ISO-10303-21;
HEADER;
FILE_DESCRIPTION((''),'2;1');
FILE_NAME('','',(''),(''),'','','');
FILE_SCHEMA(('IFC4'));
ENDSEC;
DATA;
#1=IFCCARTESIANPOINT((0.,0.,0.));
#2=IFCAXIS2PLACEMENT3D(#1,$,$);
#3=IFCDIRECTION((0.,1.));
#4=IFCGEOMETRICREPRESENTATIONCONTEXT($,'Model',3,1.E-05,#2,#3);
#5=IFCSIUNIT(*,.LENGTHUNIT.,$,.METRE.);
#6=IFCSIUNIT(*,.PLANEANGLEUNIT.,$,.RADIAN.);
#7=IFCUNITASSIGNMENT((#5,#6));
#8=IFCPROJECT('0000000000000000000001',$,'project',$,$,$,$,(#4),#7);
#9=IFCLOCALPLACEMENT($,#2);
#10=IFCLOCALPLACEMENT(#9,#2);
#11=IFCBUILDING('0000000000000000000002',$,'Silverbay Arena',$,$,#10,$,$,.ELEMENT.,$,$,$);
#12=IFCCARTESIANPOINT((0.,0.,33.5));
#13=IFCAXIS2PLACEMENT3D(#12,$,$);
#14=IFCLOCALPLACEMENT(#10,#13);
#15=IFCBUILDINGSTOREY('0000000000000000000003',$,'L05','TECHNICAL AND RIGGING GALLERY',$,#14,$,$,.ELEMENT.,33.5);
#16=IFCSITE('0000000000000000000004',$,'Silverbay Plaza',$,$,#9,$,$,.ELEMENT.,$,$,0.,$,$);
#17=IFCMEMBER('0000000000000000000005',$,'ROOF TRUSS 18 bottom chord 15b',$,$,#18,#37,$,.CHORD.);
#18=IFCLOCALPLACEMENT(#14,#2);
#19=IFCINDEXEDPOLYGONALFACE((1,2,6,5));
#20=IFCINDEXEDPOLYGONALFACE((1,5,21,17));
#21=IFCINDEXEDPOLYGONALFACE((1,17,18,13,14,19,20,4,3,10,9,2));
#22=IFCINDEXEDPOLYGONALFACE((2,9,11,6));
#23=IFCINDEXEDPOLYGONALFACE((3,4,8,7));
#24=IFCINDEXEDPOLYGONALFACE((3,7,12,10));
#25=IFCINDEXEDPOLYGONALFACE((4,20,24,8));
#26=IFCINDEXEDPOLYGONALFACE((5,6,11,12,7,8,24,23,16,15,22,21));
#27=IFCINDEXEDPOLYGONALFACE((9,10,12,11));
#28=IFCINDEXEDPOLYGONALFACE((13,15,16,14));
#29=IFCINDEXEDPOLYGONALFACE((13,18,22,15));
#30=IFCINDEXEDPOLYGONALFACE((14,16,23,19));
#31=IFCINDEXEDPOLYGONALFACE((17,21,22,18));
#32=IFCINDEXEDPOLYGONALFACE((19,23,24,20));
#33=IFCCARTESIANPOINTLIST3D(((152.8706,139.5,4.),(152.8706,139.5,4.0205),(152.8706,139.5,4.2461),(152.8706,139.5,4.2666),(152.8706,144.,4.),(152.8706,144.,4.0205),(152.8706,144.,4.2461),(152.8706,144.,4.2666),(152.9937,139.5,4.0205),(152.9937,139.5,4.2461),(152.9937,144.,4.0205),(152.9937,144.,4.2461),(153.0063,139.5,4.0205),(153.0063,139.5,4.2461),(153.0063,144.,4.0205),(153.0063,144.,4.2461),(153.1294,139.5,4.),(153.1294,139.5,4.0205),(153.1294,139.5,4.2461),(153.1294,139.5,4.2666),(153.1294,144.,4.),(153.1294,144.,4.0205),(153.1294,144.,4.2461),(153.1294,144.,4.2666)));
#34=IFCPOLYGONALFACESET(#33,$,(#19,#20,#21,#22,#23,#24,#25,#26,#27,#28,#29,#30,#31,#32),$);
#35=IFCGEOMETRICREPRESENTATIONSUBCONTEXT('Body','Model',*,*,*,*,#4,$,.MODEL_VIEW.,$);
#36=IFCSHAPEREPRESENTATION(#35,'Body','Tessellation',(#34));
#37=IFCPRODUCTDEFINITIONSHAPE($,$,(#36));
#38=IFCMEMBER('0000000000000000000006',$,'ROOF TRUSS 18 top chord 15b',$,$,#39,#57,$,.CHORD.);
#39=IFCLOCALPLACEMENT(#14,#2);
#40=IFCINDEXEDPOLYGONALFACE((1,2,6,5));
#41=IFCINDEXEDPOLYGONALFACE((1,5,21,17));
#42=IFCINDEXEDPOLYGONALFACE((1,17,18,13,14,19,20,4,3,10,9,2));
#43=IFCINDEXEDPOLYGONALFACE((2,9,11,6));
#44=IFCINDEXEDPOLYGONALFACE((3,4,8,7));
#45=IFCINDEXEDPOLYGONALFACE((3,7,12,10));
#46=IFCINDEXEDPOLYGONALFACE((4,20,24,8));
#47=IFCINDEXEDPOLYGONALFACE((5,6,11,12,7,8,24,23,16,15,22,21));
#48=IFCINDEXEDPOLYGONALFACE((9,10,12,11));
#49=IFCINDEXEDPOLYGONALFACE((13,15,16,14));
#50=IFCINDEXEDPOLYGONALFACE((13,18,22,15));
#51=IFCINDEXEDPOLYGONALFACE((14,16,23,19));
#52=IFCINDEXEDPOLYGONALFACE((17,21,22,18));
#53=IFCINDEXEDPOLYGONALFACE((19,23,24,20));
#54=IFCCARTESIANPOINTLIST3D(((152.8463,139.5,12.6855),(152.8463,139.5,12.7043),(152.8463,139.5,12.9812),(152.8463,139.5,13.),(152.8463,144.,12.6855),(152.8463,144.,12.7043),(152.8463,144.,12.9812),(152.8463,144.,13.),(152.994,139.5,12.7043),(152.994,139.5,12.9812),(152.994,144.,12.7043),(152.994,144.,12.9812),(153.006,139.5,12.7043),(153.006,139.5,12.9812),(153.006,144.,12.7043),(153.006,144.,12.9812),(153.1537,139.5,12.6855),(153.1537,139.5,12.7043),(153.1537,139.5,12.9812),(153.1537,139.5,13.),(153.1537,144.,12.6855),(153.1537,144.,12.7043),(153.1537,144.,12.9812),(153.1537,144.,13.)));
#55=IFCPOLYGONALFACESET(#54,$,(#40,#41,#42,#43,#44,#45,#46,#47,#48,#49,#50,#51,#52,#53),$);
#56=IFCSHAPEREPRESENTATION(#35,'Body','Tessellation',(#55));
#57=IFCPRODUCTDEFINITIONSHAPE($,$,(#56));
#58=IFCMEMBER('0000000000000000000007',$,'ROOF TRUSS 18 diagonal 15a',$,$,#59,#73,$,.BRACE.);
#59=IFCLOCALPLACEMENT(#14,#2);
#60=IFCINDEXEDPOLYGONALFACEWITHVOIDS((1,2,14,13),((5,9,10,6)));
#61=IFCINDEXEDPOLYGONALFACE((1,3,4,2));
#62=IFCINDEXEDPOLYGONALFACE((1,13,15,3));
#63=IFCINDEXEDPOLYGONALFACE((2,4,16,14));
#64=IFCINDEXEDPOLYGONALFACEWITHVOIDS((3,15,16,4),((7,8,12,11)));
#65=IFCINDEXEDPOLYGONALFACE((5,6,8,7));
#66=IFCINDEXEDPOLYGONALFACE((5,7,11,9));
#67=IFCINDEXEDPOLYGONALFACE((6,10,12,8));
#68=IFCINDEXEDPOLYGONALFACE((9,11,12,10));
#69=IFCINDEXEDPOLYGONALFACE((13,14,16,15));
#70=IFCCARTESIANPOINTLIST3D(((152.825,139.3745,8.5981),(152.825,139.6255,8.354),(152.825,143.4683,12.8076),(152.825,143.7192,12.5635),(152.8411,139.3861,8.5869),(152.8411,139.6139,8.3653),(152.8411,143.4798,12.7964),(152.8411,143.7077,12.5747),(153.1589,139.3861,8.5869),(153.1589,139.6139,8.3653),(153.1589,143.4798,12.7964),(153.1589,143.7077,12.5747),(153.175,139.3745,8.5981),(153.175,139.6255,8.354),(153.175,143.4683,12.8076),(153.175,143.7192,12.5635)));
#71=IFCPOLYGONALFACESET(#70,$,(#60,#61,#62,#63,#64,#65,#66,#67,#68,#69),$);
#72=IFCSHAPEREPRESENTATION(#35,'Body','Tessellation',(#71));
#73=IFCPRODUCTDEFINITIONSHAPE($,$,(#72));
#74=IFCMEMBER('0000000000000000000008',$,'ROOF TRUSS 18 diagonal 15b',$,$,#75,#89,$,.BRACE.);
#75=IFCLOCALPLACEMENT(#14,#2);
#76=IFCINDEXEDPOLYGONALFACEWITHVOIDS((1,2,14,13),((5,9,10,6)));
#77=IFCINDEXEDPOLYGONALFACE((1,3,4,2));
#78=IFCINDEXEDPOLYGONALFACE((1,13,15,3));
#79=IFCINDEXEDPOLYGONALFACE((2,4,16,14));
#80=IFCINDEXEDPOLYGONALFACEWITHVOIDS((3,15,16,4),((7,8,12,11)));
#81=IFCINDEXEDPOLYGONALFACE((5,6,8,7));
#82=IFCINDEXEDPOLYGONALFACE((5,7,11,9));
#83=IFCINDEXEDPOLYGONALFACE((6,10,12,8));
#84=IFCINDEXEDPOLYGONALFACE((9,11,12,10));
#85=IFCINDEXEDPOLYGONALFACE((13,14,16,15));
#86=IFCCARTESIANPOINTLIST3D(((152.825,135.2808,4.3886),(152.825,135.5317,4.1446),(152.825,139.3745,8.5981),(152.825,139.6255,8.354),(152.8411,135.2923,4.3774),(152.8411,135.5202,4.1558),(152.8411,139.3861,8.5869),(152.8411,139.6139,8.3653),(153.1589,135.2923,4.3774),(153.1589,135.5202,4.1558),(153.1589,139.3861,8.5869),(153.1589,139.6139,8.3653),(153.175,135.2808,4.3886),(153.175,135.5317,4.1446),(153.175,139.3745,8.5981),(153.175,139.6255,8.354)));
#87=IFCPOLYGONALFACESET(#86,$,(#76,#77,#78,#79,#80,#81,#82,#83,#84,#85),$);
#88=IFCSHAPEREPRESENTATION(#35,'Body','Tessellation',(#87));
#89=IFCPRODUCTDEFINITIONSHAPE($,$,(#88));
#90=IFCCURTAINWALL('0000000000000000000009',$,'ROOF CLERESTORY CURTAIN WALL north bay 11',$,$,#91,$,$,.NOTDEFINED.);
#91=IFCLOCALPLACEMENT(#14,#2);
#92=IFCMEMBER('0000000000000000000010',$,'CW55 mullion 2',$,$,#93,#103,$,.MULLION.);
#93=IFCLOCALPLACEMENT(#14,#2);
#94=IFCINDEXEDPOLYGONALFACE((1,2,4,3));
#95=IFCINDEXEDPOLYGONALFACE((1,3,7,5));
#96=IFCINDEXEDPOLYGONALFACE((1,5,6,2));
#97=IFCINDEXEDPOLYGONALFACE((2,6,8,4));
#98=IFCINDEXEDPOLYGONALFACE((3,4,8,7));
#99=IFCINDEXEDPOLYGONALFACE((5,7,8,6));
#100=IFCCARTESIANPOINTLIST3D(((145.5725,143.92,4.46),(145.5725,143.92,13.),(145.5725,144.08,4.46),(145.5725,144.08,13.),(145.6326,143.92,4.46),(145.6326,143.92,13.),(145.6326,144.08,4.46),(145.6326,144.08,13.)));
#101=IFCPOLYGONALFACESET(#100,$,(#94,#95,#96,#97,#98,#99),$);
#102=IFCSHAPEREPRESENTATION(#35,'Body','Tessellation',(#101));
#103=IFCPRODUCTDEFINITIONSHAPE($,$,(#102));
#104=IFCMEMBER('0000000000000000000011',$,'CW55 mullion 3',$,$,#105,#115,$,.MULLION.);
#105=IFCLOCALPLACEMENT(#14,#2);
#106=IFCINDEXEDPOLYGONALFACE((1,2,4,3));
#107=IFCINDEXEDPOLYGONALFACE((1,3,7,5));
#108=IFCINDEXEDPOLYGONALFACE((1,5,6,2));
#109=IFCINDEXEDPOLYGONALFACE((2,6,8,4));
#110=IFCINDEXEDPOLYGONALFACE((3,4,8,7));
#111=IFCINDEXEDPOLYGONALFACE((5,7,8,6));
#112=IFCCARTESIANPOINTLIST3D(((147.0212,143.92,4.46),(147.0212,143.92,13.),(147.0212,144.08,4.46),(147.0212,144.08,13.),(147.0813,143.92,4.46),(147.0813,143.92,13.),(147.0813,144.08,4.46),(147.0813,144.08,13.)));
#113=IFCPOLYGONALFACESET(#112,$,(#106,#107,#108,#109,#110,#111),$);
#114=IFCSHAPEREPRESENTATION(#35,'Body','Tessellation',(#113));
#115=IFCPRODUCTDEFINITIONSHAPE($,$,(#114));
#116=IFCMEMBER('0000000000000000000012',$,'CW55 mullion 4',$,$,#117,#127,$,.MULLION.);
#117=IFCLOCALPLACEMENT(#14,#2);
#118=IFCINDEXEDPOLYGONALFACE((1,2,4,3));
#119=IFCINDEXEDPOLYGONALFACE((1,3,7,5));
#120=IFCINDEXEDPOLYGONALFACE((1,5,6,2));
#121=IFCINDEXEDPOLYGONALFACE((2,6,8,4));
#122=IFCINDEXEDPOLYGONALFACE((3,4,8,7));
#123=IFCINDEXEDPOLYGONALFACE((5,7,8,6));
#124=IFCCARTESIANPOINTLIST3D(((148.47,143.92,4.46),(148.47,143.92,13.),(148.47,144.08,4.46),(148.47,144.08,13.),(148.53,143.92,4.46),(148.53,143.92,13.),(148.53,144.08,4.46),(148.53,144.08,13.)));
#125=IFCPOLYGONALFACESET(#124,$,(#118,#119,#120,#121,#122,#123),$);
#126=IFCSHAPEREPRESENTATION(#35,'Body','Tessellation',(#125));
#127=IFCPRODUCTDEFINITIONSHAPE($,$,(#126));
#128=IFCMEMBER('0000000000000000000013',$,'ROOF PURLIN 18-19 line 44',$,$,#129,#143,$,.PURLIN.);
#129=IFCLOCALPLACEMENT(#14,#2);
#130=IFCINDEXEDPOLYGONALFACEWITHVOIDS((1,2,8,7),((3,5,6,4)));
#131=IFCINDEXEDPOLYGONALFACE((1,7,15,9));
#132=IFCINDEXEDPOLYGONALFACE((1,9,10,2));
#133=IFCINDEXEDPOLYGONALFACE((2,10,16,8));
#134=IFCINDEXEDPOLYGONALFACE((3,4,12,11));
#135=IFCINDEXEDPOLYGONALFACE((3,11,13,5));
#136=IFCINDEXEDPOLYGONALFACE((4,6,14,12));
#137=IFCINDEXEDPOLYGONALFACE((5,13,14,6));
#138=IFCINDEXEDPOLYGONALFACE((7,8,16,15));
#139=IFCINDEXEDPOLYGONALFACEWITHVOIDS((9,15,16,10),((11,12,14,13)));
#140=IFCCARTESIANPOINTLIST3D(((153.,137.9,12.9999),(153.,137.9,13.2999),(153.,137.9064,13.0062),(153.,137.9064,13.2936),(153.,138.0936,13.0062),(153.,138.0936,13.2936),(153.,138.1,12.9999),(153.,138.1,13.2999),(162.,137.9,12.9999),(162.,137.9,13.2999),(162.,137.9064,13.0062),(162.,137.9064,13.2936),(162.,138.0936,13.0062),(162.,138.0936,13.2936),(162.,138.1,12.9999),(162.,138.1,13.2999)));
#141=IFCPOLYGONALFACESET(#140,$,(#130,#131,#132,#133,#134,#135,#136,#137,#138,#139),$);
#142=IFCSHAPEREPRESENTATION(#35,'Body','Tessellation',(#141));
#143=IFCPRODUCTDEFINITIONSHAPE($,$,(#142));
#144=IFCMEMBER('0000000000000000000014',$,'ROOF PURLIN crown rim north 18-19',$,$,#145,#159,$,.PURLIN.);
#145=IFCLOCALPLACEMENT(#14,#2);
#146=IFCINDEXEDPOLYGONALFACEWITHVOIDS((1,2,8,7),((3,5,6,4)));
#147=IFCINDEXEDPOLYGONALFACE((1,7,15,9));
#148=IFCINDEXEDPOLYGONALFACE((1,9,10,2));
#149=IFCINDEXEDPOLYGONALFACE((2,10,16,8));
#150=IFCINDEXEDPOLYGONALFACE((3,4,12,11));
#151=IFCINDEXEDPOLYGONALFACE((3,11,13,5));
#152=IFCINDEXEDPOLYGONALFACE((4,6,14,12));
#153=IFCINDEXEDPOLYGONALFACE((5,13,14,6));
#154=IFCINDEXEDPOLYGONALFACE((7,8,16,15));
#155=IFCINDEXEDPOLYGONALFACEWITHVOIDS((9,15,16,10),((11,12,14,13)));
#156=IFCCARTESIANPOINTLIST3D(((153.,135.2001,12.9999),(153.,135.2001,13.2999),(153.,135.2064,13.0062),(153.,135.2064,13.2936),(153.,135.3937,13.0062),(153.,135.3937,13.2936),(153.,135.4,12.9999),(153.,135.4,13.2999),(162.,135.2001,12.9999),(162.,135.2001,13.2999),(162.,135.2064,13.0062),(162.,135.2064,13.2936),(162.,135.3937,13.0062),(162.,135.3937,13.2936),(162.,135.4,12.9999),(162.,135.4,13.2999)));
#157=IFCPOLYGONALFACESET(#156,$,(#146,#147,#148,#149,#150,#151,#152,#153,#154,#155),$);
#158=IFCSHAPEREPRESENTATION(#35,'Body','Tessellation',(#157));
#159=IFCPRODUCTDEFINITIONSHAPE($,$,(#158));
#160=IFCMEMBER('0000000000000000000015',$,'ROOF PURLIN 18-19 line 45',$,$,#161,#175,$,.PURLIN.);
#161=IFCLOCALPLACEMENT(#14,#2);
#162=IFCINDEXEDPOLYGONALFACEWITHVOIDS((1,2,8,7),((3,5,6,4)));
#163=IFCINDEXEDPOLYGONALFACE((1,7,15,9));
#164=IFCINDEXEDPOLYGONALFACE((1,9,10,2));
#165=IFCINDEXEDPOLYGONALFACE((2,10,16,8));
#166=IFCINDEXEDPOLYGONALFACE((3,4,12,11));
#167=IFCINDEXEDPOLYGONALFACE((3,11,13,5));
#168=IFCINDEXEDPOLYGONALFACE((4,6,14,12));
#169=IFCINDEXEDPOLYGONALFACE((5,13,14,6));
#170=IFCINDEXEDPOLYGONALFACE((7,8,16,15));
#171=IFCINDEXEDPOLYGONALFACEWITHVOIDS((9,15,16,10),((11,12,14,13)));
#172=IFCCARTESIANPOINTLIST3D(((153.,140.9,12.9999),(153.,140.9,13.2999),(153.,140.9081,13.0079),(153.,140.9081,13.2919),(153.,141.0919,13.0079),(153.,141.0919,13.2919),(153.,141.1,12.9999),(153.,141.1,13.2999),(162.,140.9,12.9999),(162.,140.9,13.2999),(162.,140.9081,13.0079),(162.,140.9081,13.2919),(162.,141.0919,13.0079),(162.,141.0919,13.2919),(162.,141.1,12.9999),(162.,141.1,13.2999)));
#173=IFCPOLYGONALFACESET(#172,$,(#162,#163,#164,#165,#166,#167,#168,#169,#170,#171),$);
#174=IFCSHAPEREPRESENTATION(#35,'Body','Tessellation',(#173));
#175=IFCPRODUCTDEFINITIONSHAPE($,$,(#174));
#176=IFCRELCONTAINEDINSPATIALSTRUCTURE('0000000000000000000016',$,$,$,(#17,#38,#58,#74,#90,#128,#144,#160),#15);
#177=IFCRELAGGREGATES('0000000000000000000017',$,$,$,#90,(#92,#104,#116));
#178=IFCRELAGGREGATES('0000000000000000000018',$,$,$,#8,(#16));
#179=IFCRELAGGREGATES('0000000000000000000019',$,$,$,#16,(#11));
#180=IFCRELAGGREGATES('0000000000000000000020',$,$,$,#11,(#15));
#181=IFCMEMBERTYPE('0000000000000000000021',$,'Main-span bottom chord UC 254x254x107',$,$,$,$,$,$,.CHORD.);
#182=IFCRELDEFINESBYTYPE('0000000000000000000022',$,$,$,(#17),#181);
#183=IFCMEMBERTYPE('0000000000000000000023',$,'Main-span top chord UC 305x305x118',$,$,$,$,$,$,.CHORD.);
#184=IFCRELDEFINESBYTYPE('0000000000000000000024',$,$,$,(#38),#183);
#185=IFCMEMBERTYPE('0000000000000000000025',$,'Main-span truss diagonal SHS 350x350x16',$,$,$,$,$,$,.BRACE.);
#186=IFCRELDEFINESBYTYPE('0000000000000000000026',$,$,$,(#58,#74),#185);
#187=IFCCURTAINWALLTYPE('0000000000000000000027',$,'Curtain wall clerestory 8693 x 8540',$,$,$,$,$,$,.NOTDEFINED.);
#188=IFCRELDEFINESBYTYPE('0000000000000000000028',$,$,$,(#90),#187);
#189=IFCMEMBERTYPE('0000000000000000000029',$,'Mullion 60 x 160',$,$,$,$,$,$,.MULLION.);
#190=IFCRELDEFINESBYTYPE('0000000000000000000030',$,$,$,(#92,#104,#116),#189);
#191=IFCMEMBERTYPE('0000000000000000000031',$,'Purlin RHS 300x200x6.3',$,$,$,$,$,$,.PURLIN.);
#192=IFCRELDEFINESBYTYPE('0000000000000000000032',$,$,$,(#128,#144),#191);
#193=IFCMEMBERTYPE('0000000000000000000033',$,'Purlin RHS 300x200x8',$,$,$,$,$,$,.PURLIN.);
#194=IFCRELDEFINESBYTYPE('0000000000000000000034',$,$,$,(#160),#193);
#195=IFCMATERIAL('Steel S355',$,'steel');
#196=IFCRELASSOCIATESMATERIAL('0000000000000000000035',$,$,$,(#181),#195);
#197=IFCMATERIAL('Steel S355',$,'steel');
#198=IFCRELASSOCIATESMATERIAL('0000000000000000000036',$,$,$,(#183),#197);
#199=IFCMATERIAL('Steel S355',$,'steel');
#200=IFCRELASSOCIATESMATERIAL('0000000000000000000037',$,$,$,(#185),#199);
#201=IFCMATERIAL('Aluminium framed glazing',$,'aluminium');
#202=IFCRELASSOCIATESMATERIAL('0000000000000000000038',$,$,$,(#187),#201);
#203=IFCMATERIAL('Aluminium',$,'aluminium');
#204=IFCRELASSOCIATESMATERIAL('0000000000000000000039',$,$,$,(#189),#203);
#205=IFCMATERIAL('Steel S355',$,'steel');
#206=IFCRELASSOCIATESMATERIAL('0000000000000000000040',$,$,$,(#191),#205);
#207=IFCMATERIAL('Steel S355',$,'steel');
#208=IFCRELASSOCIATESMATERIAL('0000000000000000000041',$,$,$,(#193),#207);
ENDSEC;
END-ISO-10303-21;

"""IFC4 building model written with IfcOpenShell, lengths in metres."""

from ifc_helpers import new_model, si_unit, direction, frame, origin, origin_2d, place, context, subcontext, project, spatial, rectangle, hollow_rectangle, i_section, extrude, material, material_profile, profile_set, type_object, element, aggregate, save


model = new_model("IFC4")

# Units and contexts
model_context = context("Model", 3, precision=1e-05, world=origin(), true_north=direction((0.0, 1.0)))
body_context = subcontext(model_context, "Body", "Model", "MODEL_VIEW")
ifc_project = project(units=[si_unit("LENGTHUNIT", "METRE"), si_unit("PLANEANGLEUNIT", "RADIAN")], contexts=[model_context])

# Site, building, storey
site_placement = place(None, origin())
site = spatial("IfcSite", under=ifc_project, at=site_placement, Name="Silverbay Plaza", CompositionType="ELEMENT", RefElevation=0.0)
building_placement = place(site_placement, origin())
building = spatial("IfcBuilding", under=site, at=building_placement, Name="Silverbay Arena", CompositionType="ELEMENT")
storey_placement = place(building_placement, frame((0.0, 0.0, 33.5)))
storey = spatial("IfcBuildingStorey", under=building, at=storey_placement, Name="L05", Description="TECHNICAL AND RIGGING GALLERY", CompositionType="ELEMENT", Elevation=33.5)

# Members
ifc_material_1 = material(Name="Steel S355", Category="steel")
ifc_material_profile_1 = material_profile(ifc_material_1, i_section(OverallWidth=0.2588, OverallDepth=0.2666, WebThickness=0.0127, FlangeThickness=0.0205, at=origin_2d()), Name="UC 254x254x107")
ifc_profile_set_1 = profile_set([ifc_material_profile_1], Name="Steel S355")
member_type_1 = type_object("IfcMemberType", Name="Main-span bottom chord UC 254x254x107", PredefinedType="CHORD", material=ifc_profile_set_1)
member_1_placement = place(storey_placement, frame((153.0, 139.5, 4.1333), z_axis=(0.0, 1.0, 0.0), x_axis=(-1.0, 0.0, 0.0)))
element("IfcMember", 1, at=member_1_placement, inside=storey, type_object=member_type_1, Name="ROOF TRUSS 18 bottom chord 15b", PredefinedType="CHORD", context=body_context, shape_type="SweptSolid", body=[
    extrude(i_section(OverallWidth=0.2588, OverallDepth=0.2666, WebThickness=0.0127, FlangeThickness=0.0205, at=origin_2d()), origin(), (0.0, 0.0, 1.0), 4.5),
])
ifc_material_2 = material(Name="Steel S355", Category="steel")
ifc_material_profile_2 = material_profile(ifc_material_2, i_section(OverallWidth=0.3074, OverallDepth=0.3145, WebThickness=0.012, FlangeThickness=0.0188, at=origin_2d()), Name="UC 305x305x118")
ifc_profile_set_2 = profile_set([ifc_material_profile_2], Name="Steel S355")
member_type_2 = type_object("IfcMemberType", Name="Main-span top chord UC 305x305x118", PredefinedType="CHORD", material=ifc_profile_set_2)
member_2_placement = place(storey_placement, frame((153.0, 139.5, 12.8428), z_axis=(0.0, 1.0, 0.0), x_axis=(-1.0, 0.0, 0.0)))
element("IfcMember", 2, at=member_2_placement, inside=storey, type_object=member_type_2, Name="ROOF TRUSS 18 top chord 15b", PredefinedType="CHORD", context=body_context, shape_type="SweptSolid", body=[
    extrude(i_section(OverallWidth=0.3074, OverallDepth=0.3145, WebThickness=0.012, FlangeThickness=0.0188, at=origin_2d()), origin(), (0.0, 0.0, 1.0), 4.5),
])
ifc_material_3 = material(Name="Steel S355", Category="steel")
ifc_material_profile_3 = material_profile(ifc_material_3, hollow_rectangle(XDim=0.3501, YDim=0.3501, WallThickness=0.0161, at=origin_2d()), Name="SHS 350x350x16")
ifc_profile_set_3 = profile_set([ifc_material_profile_3], Name="Steel S355")
member_type_3 = type_object("IfcMemberType", Name="Main-span truss diagonal SHS 350x350x16", PredefinedType="BRACE", material=ifc_profile_set_3)
for number, where, z_axis, x_axis, name in (
    (3, (153.0, 143.5938, 12.6855), (0.0, -0.697184, -0.716892), (1.0, 0.0, 0.0), "ROOF TRUSS 18 diagonal 15a"),
    (4, (153.0, 139.5, 8.4761), (0.0, -0.697184, -0.716892), (1.0, 0.0, 0.0), "ROOF TRUSS 18 diagonal 15b"),
):
    element("IfcMember", number, at=place(storey_placement, frame(where, z_axis=z_axis, x_axis=x_axis)), inside=storey, type_object=member_type_3, Name=name, PredefinedType="BRACE", context=body_context, shape_type="SweptSolid", body=[
        extrude(hollow_rectangle(XDim=0.3501, YDim=0.3501, WallThickness=0.0161, at=origin_2d()), origin(), (0.0, 0.0, 1.0), 5.8718),
    ])

# Curtain wall, members
ifc_material_4 = material(Name="Aluminium framed glazing", Category="aluminium")
curtain_wall_type = type_object("IfcCurtainWallType", Name="Curtain wall clerestory 8693 x 8540", PredefinedType="NOTDEFINED", material=ifc_material_4)
curtain_wall_placement = place(storey_placement, origin())
curtain_wall = element("IfcCurtainWall", 5, at=curtain_wall_placement, inside=storey, type_object=curtain_wall_type, Name="ROOF CLERESTORY CURTAIN WALL north bay 11", PredefinedType="NOTDEFINED")
ifc_material_5 = material(Name="Aluminium", Category="aluminium")
ifc_material_profile_4 = material_profile(ifc_material_5, rectangle(XDim=0.1599, YDim=0.0601, at=origin_2d()), Name="Mullion 60 x 160")
ifc_profile_set_4 = profile_set([ifc_material_profile_4], Name="Aluminium")
member_type_4 = type_object("IfcMemberType", Name="Mullion 60 x 160", PredefinedType="MULLION", material=ifc_profile_set_4)
member_3_placement = place(storey_placement, frame((145.6025, 144.0, 4.46), z_axis=(0.0, 0.0, 1.0), x_axis=(0.0, 1.0, 0.0)))
member_3 = element("IfcMember", 6, at=member_3_placement, type_object=member_type_4, Name="CW55 mullion 2", PredefinedType="MULLION", context=body_context, shape_type="SweptSolid", body=[
    extrude(rectangle(XDim=0.1599, YDim=0.0601, at=origin_2d()), origin(), (0.0, 0.0, 1.0), 8.54),
])
member_4_placement = place(storey_placement, frame((147.0513, 144.0, 4.46), z_axis=(0.0, 0.0, 1.0), x_axis=(0.0, 1.0, 0.0)))
member_4 = element("IfcMember", 7, at=member_4_placement, type_object=member_type_4, Name="CW55 mullion 3", PredefinedType="MULLION", context=body_context, shape_type="SweptSolid", body=[
    extrude(rectangle(XDim=0.1599, YDim=0.0601, at=origin_2d()), origin(), (0.0, 0.0, 1.0), 8.54),
])
member_5_placement = place(storey_placement, frame((148.5, 144.0, 4.46), z_axis=(0.0, 0.0, 1.0), x_axis=(0.0, 1.0, 0.0)))
member_5 = element("IfcMember", 8, at=member_5_placement, type_object=member_type_4, Name="CW55 mullion 4", PredefinedType="MULLION", context=body_context, shape_type="SweptSolid", body=[
    extrude(rectangle(XDim=0.1599, YDim=0.0601, at=origin_2d()), origin(), (0.0, 0.0, 1.0), 8.54),
])

# Members
ifc_material_6 = material(Name="Steel S355", Category="steel")
ifc_material_profile_5 = material_profile(ifc_material_6, hollow_rectangle(XDim=0.2, YDim=0.3, WallThickness=0.0063, at=origin_2d()), Name="RHS 300x200x6.3")
ifc_profile_set_5 = profile_set([ifc_material_profile_5], Name="Steel S355")
member_type_5 = type_object("IfcMemberType", Name="Purlin RHS 300x200x6.3", PredefinedType="PURLIN", material=ifc_profile_set_5)
for number, where, z_axis, x_axis, name in (
    (9, (153.0, 138.0, 13.1499), (1.0, 0.0, 0.0), (0.0, 1.0, 0.0), "ROOF PURLIN 18-19 line 44"),
    (10, (153.0, 135.3, 13.1499), (1.0, 0.0, 0.0), (0.0, 1.0, 0.0), "ROOF PURLIN crown rim north 18-19"),
):
    element("IfcMember", number, at=place(storey_placement, frame(where, z_axis=z_axis, x_axis=x_axis)), inside=storey, type_object=member_type_5, Name=name, PredefinedType="PURLIN", context=body_context, shape_type="SweptSolid", body=[
        extrude(hollow_rectangle(XDim=0.2, YDim=0.3, WallThickness=0.0063, at=origin_2d()), origin(), (0.0, 0.0, 1.0), 9.0),
    ])
ifc_material_7 = material(Name="Steel S355", Category="steel")
ifc_material_profile_6 = material_profile(ifc_material_7, hollow_rectangle(XDim=0.2, YDim=0.3, WallThickness=0.0081, at=origin_2d()), Name="RHS 300x200x8")
ifc_profile_set_6 = profile_set([ifc_material_profile_6], Name="Steel S355")
member_type_6 = type_object("IfcMemberType", Name="Purlin RHS 300x200x8", PredefinedType="PURLIN", material=ifc_profile_set_6)
member_6_placement = place(storey_placement, frame((153.0, 141.0, 13.1499), z_axis=(1.0, 0.0, 0.0), x_axis=(0.0, 1.0, 0.0)))
element("IfcMember", 11, at=member_6_placement, inside=storey, type_object=member_type_6, Name="ROOF PURLIN 18-19 line 45", PredefinedType="PURLIN", context=body_context, shape_type="SweptSolid", body=[
    extrude(hollow_rectangle(XDim=0.2, YDim=0.3, WallThickness=0.0081, at=origin_2d()), origin(), (0.0, 0.0, 1.0), 9.0),
])

aggregate(curtain_wall, [member_3, member_4, member_5])

save(model, "model.ifc")
